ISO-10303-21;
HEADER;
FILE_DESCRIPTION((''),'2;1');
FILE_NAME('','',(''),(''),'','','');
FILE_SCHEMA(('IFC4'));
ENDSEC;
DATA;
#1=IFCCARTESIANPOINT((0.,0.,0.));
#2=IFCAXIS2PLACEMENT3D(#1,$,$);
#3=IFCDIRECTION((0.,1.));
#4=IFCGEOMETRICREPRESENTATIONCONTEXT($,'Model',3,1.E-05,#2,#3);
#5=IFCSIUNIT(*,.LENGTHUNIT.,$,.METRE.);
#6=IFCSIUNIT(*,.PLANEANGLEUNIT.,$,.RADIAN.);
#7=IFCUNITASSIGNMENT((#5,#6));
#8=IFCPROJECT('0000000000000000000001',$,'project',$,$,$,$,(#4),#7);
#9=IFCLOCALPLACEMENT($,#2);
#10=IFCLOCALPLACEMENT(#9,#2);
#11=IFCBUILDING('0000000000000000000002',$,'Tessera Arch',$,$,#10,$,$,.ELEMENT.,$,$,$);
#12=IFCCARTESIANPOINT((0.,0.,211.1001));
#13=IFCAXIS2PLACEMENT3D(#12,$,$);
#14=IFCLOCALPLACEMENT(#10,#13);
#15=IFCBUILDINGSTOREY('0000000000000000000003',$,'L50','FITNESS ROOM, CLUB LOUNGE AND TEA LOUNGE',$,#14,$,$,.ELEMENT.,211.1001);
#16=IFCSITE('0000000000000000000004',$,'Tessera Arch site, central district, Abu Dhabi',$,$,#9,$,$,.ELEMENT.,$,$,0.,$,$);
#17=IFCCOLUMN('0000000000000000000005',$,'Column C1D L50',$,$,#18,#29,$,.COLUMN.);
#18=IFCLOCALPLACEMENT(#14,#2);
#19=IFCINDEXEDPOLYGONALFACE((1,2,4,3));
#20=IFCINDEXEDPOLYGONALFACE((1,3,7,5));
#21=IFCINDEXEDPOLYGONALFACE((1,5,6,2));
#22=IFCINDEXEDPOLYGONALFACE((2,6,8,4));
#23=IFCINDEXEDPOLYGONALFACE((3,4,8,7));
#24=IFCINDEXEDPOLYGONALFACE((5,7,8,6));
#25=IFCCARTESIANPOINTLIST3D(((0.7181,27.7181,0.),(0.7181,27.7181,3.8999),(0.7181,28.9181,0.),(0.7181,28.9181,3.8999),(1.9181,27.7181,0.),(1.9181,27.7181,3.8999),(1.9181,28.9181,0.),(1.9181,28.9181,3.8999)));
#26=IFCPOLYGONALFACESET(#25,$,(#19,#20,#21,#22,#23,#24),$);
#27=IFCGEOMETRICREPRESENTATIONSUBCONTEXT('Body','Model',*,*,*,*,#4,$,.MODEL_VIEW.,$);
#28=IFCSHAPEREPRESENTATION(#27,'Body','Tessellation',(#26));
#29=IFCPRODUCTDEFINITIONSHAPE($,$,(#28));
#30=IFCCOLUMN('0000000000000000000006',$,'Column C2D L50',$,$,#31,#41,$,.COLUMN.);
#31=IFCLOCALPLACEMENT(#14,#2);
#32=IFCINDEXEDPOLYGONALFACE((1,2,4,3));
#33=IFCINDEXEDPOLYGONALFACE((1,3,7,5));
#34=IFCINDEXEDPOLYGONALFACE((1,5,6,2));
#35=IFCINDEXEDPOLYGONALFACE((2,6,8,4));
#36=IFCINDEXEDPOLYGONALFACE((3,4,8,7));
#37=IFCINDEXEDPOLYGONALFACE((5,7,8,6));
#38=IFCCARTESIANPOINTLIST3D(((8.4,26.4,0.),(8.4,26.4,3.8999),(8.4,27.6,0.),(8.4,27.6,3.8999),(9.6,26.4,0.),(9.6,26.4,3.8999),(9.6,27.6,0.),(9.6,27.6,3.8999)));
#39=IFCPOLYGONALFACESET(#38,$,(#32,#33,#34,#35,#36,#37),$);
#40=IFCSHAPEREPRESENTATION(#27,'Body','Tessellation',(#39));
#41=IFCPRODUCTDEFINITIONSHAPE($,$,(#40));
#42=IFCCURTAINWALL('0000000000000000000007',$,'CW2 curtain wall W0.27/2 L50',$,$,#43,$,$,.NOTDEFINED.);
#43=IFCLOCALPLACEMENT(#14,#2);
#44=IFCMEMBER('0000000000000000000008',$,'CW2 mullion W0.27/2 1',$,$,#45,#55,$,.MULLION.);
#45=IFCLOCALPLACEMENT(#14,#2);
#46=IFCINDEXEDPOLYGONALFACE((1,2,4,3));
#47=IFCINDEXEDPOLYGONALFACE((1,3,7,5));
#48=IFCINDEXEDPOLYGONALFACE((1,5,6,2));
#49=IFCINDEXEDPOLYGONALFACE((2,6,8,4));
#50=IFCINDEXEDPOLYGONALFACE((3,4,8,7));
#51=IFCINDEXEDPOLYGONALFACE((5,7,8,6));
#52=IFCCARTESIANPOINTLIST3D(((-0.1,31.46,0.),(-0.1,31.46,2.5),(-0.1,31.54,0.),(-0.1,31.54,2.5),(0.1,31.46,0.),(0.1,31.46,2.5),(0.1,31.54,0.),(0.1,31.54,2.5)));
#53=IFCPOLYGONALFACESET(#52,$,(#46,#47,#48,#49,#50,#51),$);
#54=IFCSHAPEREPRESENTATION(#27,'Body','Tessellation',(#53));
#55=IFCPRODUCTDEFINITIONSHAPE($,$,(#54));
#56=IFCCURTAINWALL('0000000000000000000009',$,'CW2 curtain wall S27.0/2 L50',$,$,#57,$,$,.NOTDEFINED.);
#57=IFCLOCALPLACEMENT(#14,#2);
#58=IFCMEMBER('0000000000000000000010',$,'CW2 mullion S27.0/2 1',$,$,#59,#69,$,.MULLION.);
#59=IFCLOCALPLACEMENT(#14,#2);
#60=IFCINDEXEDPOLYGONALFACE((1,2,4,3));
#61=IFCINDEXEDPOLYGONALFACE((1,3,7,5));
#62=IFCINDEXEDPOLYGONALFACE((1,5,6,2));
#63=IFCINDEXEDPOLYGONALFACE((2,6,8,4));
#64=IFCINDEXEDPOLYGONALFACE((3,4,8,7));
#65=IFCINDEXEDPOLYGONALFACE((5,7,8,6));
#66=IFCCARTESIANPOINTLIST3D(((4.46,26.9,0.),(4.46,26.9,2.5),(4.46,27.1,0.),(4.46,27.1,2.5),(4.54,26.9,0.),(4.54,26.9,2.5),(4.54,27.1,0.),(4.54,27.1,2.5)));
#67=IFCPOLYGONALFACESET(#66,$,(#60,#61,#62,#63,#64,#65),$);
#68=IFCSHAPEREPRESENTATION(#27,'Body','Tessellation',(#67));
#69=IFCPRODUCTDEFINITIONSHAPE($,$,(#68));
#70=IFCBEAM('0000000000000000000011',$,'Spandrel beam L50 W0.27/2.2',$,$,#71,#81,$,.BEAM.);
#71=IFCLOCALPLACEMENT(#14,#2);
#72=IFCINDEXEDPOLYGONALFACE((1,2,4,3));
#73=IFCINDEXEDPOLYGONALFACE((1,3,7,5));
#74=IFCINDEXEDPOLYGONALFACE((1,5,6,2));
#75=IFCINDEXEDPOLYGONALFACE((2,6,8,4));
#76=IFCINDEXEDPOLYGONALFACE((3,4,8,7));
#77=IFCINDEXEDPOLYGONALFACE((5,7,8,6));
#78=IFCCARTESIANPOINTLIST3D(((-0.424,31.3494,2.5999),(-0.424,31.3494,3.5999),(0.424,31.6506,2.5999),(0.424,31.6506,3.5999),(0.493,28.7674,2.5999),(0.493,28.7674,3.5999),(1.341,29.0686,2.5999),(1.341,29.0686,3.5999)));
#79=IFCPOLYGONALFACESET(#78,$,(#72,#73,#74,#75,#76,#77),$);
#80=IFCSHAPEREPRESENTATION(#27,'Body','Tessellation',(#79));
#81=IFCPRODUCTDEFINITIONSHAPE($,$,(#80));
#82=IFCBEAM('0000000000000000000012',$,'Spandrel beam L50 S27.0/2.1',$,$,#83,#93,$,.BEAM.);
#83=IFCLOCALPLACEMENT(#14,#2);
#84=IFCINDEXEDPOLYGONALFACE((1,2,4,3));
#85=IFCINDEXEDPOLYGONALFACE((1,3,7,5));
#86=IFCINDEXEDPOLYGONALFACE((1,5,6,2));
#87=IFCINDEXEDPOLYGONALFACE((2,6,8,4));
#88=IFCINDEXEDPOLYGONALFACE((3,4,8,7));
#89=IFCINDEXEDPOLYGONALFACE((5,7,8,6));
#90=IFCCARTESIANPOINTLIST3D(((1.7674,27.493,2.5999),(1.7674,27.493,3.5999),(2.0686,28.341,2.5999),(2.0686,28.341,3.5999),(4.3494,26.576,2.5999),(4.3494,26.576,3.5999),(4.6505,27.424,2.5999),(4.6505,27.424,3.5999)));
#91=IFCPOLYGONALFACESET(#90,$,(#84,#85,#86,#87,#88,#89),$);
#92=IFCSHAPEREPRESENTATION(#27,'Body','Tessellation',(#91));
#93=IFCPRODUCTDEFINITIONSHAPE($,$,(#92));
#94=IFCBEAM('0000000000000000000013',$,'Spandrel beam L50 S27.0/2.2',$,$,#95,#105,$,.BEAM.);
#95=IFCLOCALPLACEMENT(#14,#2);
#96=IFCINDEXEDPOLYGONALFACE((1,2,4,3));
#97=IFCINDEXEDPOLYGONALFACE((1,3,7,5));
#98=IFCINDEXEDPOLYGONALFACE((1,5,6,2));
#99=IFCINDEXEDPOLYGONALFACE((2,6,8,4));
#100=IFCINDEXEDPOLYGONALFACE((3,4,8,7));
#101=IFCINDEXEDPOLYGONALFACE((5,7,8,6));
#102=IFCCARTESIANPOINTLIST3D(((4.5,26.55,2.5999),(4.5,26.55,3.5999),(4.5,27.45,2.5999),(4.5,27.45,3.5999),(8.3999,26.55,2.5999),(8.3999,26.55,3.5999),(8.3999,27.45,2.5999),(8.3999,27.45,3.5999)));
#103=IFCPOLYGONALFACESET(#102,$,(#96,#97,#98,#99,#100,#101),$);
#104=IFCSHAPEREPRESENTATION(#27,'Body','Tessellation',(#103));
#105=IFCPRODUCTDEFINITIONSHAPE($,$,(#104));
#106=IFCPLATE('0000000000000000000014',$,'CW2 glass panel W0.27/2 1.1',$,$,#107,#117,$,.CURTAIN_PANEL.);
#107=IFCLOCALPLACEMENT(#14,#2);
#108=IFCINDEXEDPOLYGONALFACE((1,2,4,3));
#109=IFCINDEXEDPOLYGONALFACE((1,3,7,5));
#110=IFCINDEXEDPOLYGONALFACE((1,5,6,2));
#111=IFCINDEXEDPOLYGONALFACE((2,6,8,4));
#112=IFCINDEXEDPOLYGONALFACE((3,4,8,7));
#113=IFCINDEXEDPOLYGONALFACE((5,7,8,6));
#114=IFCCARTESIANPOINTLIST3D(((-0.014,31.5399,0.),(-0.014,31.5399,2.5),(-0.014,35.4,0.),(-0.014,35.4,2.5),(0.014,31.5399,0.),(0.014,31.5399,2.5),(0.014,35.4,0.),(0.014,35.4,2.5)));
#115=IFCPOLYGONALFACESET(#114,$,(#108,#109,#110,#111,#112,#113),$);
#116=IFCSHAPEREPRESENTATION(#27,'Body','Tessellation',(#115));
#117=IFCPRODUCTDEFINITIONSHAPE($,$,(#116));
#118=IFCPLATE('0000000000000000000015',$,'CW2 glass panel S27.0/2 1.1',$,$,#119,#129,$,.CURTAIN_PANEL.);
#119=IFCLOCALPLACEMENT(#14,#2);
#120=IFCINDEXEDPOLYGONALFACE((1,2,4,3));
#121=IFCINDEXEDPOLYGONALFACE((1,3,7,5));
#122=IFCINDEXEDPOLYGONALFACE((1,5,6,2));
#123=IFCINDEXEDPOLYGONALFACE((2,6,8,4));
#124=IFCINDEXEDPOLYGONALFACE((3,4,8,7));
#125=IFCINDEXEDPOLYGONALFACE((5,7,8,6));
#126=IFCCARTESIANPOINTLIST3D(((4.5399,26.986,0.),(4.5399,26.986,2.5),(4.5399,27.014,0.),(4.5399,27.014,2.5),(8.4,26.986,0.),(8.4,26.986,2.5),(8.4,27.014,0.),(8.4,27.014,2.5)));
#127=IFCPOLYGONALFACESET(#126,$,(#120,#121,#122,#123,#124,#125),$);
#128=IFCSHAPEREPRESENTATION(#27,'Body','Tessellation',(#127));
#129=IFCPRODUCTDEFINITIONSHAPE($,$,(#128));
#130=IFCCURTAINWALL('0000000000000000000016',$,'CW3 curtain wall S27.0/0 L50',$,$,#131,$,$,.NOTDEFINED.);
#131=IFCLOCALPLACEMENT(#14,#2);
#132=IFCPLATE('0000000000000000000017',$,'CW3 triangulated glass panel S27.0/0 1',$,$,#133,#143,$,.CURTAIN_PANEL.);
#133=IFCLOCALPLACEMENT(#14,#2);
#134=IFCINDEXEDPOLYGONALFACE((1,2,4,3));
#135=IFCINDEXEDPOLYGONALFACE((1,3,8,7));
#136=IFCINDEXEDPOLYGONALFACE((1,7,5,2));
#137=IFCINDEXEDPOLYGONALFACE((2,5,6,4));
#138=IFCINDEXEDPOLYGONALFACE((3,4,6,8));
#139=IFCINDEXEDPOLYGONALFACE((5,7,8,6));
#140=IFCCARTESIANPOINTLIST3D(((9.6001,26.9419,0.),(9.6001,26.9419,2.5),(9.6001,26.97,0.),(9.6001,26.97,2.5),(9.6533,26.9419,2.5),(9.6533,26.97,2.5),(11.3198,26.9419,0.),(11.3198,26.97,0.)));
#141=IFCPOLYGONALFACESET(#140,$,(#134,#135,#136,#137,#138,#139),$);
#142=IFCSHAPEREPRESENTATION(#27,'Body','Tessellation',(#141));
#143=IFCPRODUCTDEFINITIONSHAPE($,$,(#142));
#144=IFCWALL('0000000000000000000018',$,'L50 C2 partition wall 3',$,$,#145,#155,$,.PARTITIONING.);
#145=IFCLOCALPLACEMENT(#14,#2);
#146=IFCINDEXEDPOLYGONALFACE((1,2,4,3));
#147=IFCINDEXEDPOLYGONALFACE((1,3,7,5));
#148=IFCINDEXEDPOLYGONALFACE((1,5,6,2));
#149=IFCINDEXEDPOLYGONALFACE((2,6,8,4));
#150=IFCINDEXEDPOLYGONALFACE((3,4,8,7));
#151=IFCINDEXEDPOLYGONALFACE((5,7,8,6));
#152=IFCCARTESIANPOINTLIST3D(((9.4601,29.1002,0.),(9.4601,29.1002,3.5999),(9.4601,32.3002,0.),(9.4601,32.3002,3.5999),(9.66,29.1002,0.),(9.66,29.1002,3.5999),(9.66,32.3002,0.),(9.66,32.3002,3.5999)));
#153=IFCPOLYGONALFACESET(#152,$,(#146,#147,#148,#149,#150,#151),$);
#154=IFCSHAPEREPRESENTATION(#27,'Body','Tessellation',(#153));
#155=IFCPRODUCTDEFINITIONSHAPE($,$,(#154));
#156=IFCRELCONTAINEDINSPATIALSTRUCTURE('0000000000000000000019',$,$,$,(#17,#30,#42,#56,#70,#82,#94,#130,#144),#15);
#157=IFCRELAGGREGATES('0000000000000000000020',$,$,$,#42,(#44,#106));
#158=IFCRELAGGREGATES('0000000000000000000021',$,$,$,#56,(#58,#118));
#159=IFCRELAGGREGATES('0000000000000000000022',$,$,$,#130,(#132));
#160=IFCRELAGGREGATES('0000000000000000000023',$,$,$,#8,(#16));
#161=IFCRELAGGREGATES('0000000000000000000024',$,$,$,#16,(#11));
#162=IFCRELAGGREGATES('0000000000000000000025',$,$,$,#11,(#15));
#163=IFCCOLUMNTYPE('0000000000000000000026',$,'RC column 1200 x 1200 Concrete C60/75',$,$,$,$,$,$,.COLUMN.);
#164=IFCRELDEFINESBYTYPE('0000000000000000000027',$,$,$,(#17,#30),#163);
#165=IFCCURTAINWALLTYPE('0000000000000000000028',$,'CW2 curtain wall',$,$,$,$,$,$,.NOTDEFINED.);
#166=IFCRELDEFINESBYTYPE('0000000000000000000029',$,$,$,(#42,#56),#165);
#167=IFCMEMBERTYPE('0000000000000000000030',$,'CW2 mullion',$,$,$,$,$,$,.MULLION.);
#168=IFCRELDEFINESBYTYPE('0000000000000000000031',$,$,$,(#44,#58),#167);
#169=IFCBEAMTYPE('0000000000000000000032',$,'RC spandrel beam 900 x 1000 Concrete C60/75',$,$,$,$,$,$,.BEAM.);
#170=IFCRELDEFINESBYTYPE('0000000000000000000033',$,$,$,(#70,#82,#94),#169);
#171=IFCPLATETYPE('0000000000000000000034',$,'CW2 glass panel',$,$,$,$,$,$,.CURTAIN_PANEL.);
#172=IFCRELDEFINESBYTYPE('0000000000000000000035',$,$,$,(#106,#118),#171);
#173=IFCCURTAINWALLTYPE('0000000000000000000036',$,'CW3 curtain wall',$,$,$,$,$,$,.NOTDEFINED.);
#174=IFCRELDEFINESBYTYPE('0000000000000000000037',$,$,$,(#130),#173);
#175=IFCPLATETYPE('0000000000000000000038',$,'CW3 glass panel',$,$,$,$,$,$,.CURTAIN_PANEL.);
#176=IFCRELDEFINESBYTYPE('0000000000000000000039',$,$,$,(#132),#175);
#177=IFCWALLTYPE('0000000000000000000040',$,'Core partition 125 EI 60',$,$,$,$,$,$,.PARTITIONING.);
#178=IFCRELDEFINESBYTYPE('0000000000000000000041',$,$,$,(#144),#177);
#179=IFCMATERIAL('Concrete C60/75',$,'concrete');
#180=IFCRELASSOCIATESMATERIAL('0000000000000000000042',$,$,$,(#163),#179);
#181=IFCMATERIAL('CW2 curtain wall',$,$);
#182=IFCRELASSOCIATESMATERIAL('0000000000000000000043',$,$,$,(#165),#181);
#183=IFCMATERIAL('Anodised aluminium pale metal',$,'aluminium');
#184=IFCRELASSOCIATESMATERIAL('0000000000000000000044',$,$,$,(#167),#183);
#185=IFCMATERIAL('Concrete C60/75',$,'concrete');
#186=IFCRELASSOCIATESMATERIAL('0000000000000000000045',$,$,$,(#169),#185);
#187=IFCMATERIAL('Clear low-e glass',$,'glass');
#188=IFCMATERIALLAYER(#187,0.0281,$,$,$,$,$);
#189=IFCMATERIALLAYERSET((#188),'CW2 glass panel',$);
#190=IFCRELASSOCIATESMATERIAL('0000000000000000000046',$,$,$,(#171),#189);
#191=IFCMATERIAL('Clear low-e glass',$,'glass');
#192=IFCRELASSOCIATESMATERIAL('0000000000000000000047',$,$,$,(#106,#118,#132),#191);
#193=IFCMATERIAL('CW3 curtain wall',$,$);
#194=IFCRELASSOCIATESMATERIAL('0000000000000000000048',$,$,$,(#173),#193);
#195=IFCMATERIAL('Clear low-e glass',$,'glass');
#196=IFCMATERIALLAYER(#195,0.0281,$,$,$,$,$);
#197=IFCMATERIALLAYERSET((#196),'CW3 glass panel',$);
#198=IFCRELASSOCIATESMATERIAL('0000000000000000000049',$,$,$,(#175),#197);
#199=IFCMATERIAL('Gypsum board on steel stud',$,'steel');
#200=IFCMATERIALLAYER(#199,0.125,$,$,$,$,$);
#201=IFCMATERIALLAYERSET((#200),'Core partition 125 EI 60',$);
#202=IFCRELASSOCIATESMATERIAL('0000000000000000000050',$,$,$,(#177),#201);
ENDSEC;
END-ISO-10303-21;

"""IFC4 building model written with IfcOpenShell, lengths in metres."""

from ifc_helpers import new_model, si_unit, direction, frame, frame_2d, origin, origin_2d, place, context, subcontext, project, spatial, polyline, rectangle, outline, extrude, material, layer, layer_set, material_profile, profile_set, type_object, element, aggregate, save


model = new_model("IFC4")

# Units and contexts
model_context = context("Model", 3, precision=1e-05, world=origin(), true_north=direction((0.0, 1.0)))
body_context = subcontext(model_context, "Body", "Model", "MODEL_VIEW")
ifc_project = project(units=[si_unit("LENGTHUNIT", "METRE"), si_unit("PLANEANGLEUNIT", "RADIAN")], contexts=[model_context])

# Site, building, storey
site_placement = place(None, origin())
site = spatial("IfcSite", under=ifc_project, at=site_placement, Name="Tessera Arch site, central district, Abu Dhabi", CompositionType="ELEMENT", RefElevation=0.0)
building_placement = place(site_placement, origin())
building = spatial("IfcBuilding", under=site, at=building_placement, Name="Tessera Arch", CompositionType="ELEMENT")
storey_placement = place(building_placement, frame((0.0, 0.0, 211.1001)))
storey = spatial("IfcBuildingStorey", under=building, at=storey_placement, Name="L50", Description="FITNESS ROOM, CLUB LOUNGE AND TEA LOUNGE", CompositionType="ELEMENT", Elevation=211.1001)

# Columns
ifc_material_1 = material(Name="Concrete C60/75", Category="concrete")
ifc_material_profile_1 = material_profile(ifc_material_1, rectangle(XDim=1.2, YDim=1.2, at=origin_2d()), Name="RC column 1200 x 1200 Concrete C60/75")
ifc_profile_set_1 = profile_set([ifc_material_profile_1], Name="Concrete C60/75")
column_type = type_object("IfcColumnType", Name="RC column 1200 x 1200 Concrete C60/75", PredefinedType="COLUMN", material=ifc_profile_set_1)
for number, where, z_axis, x_axis, name in (
    (1, (1.3181, 28.3181, 0.0), (0.0, 0.0, 1.0), (1.0, 0.0, 0.0), "Column C1D L50"),
    (2, (9.0, 27.0, 0.0), (0.0, 0.0, 1.0), (1.0, 0.0, 0.0), "Column C2D L50"),
):
    element("IfcColumn", number, at=place(storey_placement, frame(where, z_axis=z_axis, x_axis=x_axis)), inside=storey, type_object=column_type, Name=name, PredefinedType="COLUMN", context=body_context, shape_type="SweptSolid", body=[
        extrude(rectangle(XDim=1.2, YDim=1.2, at=origin_2d()), origin(), (0.0, 0.0, 1.0), 3.8999),
    ])

# Curtain walls, members
ifc_material_2 = material(Name="CW2 curtain wall")
curtain_wall_type_1 = type_object("IfcCurtainWallType", Name="CW2 curtain wall", PredefinedType="NOTDEFINED", material=ifc_material_2)
curtain_wall_1_placement = place(storey_placement, origin())
curtain_wall_1 = element("IfcCurtainWall", 3, at=curtain_wall_1_placement, inside=storey, type_object=curtain_wall_type_1, Name="CW2 curtain wall W0.27/2 L50", PredefinedType="NOTDEFINED")
ifc_material_3 = material(Name="Anodised aluminium pale metal", Category="aluminium")
ifc_material_profile_2 = material_profile(ifc_material_3, rectangle(XDim=0.2, YDim=0.0801, at=origin_2d()), Name="AL 80x200")
ifc_profile_set_2 = profile_set([ifc_material_profile_2], Name="Anodised aluminium pale metal")
member_type = type_object("IfcMemberType", Name="CW2 mullion", PredefinedType="MULLION", material=ifc_profile_set_2)
member_1_placement = place(storey_placement, frame((0.0, 31.5, 0.0), z_axis=(0.0, 0.0, 1.0), x_axis=(1.0, 0.0, 0.0)))
member_1 = element("IfcMember", 4, at=member_1_placement, type_object=member_type, Name="CW2 mullion W0.27/2 1", PredefinedType="MULLION", context=body_context, shape_type="SweptSolid", body=[
    extrude(rectangle(XDim=0.2, YDim=0.0801, at=origin_2d()), origin(), (0.0, 0.0, 1.0), 2.5),
])
curtain_wall_2_placement = place(storey_placement, origin())
curtain_wall_2 = element("IfcCurtainWall", 5, at=curtain_wall_2_placement, inside=storey, type_object=curtain_wall_type_1, Name="CW2 curtain wall S27.0/2 L50", PredefinedType="NOTDEFINED")
member_2_placement = place(storey_placement, frame((4.5, 27.0, 0.0), z_axis=(0.0, 0.0, 1.0), x_axis=(0.0, 1.0, 0.0)))
member_2 = element("IfcMember", 6, at=member_2_placement, type_object=member_type, Name="CW2 mullion S27.0/2 1", PredefinedType="MULLION", context=body_context, shape_type="SweptSolid", body=[
    extrude(rectangle(XDim=0.2, YDim=0.0801, at=origin_2d()), origin(), (0.0, 0.0, 1.0), 2.5),
])

# Beams
ifc_material_4 = material(Name="Concrete C60/75", Category="concrete")
ifc_material_profile_3 = material_profile(ifc_material_4, rectangle(XDim=0.8999, YDim=1.0, at=origin_2d()), Name="RC spandrel beam 900 x 1000 Concrete C60/75")
ifc_profile_set_3 = profile_set([ifc_material_profile_3], Name="Concrete C60/75")
beam_type = type_object("IfcBeamType", Name="RC spandrel beam 900 x 1000 Concrete C60/75", PredefinedType="BEAM", material=ifc_profile_set_3)
for number, where, z_axis, x_axis, name in (
    (7, (0.0, 31.5, 3.0999), (0.334665, -0.942337, 0.0), (0.942337, 0.334665, 0.0), "Spandrel beam L50 W0.27/2.2"),
    (8, (1.918, 27.917, 3.0999), (0.942337, -0.334665, 0.0), (0.334665, 0.942337, 0.0), "Spandrel beam L50 S27.0/2.1"),
):
    element("IfcBeam", number, at=place(storey_placement, frame(where, z_axis=z_axis, x_axis=x_axis)), inside=storey, type_object=beam_type, Name=name, PredefinedType="BEAM", context=body_context, shape_type="SweptSolid", body=[
        extrude(rectangle(XDim=0.8999, YDim=1.0, at=origin_2d()), origin(), (0.0, 0.0, 1.0), 2.74),
    ])
beam_placement = place(storey_placement, frame((4.5, 27.0, 3.0999), z_axis=(1.0, 0.0, 0.0), x_axis=(0.0, 1.0, 0.0)))
element("IfcBeam", 9, at=beam_placement, inside=storey, type_object=beam_type, Name="Spandrel beam L50 S27.0/2.2", PredefinedType="BEAM", context=body_context, shape_type="SweptSolid", body=[
    extrude(rectangle(XDim=0.8999, YDim=1.0, at=origin_2d()), origin(), (0.0, 0.0, 1.0), 3.8999),
])

# Plates
ifc_material_5 = material(Name="Clear low-e glass", Category="glass")
ifc_material_6 = material(Name="Clear low-e glass", Category="glass")
ifc_layer_1 = layer(ifc_material_6, 0.0281)
ifc_layer_set_1 = layer_set([ifc_layer_1], Name="CW2 glass panel")
plate_type_1 = type_object("IfcPlateType", Name="CW2 glass panel", PredefinedType="CURTAIN_PANEL", material=ifc_layer_set_1)
plate_1_placement = place(storey_placement, frame((0.0, 33.47, 0.0), z_axis=(0.0, 0.0, 1.0), x_axis=(0.0, -1.0, 0.0)))
plate_1 = element("IfcPlate", 10, at=plate_1_placement, type_object=plate_type_1, material=ifc_material_5, Name="CW2 glass panel W0.27/2 1.1", PredefinedType="CURTAIN_PANEL", context=body_context, shape_type="SweptSolid", body=[
    extrude(rectangle(XDim=3.8601, YDim=0.0281, at=origin_2d()), origin(), (0.0, 0.0, 1.0), 2.5),
])
aggregate(curtain_wall_1, [member_1, plate_1])
plate_2_placement = place(storey_placement, frame((6.47, 27.0, 0.0), z_axis=(0.0, 0.0, 1.0), x_axis=(1.0, 0.0, 0.0)))
plate_2 = element("IfcPlate", 11, at=plate_2_placement, type_object=plate_type_1, material=ifc_material_5, Name="CW2 glass panel S27.0/2 1.1", PredefinedType="CURTAIN_PANEL", context=body_context, shape_type="SweptSolid", body=[
    extrude(rectangle(XDim=3.8601, YDim=0.0281, at=origin_2d()), origin(), (0.0, 0.0, 1.0), 2.5),
])
aggregate(curtain_wall_2, [member_2, plate_2])

# Curtain wall, plate
ifc_material_7 = material(Name="CW3 curtain wall")
curtain_wall_type_2 = type_object("IfcCurtainWallType", Name="CW3 curtain wall", PredefinedType="NOTDEFINED", material=ifc_material_7)
curtain_wall_3_placement = place(storey_placement, origin())
curtain_wall_3 = element("IfcCurtainWall", 12, at=curtain_wall_3_placement, inside=storey, type_object=curtain_wall_type_2, Name="CW3 curtain wall S27.0/0 L50", PredefinedType="NOTDEFINED")
ifc_material_8 = material(Name="Clear low-e glass", Category="glass")
ifc_layer_2 = layer(ifc_material_8, 0.0281)
ifc_layer_set_2 = layer_set([ifc_layer_2], Name="CW3 glass panel")
plate_type_2 = type_object("IfcPlateType", Name="CW3 glass panel", PredefinedType="CURTAIN_PANEL", material=ifc_layer_set_2)
plate_3_placement = place(storey_placement, frame((9.6001, 26.9419, 0.0), z_axis=(0.0, -1.0, 0.0), x_axis=(1.0, 0.0, 0.0)))
plate_3 = element("IfcPlate", 13, at=plate_3_placement, type_object=plate_type_2, material=ifc_material_5, Name="CW3 triangulated glass panel S27.0/0 1", PredefinedType="CURTAIN_PANEL", context=body_context, shape_type="SweptSolid", body=[
    extrude(outline(polyline([(0.0, 0.0), (1.7197, 0.0), (0.0532, 2.5), (0.0, 2.5), (0.0, 0.0)])), origin(), (0.0, 0.0, -1.0), 0.0281),
])
aggregate(curtain_wall_3, [plate_3])

# Wall
ifc_material_9 = material(Name="Gypsum board on steel stud", Category="steel")
ifc_layer_3 = layer(ifc_material_9, 0.125)
ifc_layer_set_3 = layer_set([ifc_layer_3], Name="Core partition 125 EI 60")
wall_type_1 = type_object("IfcWallType", Name="Core partition 125 EI 60", PredefinedType="PARTITIONING", material=ifc_layer_set_3)
wall_1_placement = place(storey_placement, frame((9.5601, 29.1001, 0.0), z_axis=(0.0, 0.0, 1.0), x_axis=(0.0, 1.0, 0.0)))
element("IfcWall", 14, at=wall_1_placement, inside=storey, type_object=wall_type_1, Name="L50 C2 partition wall 3", PredefinedType="PARTITIONING", context=body_context, shape_type="SweptSolid", body=[
    extrude(rectangle(XDim=3.2, YDim=0.2, at=frame_2d((1.6001, 0.0))), origin(), (0.0, 0.0, 1.0), 3.5999),
])

save(model, "model.ifc")
